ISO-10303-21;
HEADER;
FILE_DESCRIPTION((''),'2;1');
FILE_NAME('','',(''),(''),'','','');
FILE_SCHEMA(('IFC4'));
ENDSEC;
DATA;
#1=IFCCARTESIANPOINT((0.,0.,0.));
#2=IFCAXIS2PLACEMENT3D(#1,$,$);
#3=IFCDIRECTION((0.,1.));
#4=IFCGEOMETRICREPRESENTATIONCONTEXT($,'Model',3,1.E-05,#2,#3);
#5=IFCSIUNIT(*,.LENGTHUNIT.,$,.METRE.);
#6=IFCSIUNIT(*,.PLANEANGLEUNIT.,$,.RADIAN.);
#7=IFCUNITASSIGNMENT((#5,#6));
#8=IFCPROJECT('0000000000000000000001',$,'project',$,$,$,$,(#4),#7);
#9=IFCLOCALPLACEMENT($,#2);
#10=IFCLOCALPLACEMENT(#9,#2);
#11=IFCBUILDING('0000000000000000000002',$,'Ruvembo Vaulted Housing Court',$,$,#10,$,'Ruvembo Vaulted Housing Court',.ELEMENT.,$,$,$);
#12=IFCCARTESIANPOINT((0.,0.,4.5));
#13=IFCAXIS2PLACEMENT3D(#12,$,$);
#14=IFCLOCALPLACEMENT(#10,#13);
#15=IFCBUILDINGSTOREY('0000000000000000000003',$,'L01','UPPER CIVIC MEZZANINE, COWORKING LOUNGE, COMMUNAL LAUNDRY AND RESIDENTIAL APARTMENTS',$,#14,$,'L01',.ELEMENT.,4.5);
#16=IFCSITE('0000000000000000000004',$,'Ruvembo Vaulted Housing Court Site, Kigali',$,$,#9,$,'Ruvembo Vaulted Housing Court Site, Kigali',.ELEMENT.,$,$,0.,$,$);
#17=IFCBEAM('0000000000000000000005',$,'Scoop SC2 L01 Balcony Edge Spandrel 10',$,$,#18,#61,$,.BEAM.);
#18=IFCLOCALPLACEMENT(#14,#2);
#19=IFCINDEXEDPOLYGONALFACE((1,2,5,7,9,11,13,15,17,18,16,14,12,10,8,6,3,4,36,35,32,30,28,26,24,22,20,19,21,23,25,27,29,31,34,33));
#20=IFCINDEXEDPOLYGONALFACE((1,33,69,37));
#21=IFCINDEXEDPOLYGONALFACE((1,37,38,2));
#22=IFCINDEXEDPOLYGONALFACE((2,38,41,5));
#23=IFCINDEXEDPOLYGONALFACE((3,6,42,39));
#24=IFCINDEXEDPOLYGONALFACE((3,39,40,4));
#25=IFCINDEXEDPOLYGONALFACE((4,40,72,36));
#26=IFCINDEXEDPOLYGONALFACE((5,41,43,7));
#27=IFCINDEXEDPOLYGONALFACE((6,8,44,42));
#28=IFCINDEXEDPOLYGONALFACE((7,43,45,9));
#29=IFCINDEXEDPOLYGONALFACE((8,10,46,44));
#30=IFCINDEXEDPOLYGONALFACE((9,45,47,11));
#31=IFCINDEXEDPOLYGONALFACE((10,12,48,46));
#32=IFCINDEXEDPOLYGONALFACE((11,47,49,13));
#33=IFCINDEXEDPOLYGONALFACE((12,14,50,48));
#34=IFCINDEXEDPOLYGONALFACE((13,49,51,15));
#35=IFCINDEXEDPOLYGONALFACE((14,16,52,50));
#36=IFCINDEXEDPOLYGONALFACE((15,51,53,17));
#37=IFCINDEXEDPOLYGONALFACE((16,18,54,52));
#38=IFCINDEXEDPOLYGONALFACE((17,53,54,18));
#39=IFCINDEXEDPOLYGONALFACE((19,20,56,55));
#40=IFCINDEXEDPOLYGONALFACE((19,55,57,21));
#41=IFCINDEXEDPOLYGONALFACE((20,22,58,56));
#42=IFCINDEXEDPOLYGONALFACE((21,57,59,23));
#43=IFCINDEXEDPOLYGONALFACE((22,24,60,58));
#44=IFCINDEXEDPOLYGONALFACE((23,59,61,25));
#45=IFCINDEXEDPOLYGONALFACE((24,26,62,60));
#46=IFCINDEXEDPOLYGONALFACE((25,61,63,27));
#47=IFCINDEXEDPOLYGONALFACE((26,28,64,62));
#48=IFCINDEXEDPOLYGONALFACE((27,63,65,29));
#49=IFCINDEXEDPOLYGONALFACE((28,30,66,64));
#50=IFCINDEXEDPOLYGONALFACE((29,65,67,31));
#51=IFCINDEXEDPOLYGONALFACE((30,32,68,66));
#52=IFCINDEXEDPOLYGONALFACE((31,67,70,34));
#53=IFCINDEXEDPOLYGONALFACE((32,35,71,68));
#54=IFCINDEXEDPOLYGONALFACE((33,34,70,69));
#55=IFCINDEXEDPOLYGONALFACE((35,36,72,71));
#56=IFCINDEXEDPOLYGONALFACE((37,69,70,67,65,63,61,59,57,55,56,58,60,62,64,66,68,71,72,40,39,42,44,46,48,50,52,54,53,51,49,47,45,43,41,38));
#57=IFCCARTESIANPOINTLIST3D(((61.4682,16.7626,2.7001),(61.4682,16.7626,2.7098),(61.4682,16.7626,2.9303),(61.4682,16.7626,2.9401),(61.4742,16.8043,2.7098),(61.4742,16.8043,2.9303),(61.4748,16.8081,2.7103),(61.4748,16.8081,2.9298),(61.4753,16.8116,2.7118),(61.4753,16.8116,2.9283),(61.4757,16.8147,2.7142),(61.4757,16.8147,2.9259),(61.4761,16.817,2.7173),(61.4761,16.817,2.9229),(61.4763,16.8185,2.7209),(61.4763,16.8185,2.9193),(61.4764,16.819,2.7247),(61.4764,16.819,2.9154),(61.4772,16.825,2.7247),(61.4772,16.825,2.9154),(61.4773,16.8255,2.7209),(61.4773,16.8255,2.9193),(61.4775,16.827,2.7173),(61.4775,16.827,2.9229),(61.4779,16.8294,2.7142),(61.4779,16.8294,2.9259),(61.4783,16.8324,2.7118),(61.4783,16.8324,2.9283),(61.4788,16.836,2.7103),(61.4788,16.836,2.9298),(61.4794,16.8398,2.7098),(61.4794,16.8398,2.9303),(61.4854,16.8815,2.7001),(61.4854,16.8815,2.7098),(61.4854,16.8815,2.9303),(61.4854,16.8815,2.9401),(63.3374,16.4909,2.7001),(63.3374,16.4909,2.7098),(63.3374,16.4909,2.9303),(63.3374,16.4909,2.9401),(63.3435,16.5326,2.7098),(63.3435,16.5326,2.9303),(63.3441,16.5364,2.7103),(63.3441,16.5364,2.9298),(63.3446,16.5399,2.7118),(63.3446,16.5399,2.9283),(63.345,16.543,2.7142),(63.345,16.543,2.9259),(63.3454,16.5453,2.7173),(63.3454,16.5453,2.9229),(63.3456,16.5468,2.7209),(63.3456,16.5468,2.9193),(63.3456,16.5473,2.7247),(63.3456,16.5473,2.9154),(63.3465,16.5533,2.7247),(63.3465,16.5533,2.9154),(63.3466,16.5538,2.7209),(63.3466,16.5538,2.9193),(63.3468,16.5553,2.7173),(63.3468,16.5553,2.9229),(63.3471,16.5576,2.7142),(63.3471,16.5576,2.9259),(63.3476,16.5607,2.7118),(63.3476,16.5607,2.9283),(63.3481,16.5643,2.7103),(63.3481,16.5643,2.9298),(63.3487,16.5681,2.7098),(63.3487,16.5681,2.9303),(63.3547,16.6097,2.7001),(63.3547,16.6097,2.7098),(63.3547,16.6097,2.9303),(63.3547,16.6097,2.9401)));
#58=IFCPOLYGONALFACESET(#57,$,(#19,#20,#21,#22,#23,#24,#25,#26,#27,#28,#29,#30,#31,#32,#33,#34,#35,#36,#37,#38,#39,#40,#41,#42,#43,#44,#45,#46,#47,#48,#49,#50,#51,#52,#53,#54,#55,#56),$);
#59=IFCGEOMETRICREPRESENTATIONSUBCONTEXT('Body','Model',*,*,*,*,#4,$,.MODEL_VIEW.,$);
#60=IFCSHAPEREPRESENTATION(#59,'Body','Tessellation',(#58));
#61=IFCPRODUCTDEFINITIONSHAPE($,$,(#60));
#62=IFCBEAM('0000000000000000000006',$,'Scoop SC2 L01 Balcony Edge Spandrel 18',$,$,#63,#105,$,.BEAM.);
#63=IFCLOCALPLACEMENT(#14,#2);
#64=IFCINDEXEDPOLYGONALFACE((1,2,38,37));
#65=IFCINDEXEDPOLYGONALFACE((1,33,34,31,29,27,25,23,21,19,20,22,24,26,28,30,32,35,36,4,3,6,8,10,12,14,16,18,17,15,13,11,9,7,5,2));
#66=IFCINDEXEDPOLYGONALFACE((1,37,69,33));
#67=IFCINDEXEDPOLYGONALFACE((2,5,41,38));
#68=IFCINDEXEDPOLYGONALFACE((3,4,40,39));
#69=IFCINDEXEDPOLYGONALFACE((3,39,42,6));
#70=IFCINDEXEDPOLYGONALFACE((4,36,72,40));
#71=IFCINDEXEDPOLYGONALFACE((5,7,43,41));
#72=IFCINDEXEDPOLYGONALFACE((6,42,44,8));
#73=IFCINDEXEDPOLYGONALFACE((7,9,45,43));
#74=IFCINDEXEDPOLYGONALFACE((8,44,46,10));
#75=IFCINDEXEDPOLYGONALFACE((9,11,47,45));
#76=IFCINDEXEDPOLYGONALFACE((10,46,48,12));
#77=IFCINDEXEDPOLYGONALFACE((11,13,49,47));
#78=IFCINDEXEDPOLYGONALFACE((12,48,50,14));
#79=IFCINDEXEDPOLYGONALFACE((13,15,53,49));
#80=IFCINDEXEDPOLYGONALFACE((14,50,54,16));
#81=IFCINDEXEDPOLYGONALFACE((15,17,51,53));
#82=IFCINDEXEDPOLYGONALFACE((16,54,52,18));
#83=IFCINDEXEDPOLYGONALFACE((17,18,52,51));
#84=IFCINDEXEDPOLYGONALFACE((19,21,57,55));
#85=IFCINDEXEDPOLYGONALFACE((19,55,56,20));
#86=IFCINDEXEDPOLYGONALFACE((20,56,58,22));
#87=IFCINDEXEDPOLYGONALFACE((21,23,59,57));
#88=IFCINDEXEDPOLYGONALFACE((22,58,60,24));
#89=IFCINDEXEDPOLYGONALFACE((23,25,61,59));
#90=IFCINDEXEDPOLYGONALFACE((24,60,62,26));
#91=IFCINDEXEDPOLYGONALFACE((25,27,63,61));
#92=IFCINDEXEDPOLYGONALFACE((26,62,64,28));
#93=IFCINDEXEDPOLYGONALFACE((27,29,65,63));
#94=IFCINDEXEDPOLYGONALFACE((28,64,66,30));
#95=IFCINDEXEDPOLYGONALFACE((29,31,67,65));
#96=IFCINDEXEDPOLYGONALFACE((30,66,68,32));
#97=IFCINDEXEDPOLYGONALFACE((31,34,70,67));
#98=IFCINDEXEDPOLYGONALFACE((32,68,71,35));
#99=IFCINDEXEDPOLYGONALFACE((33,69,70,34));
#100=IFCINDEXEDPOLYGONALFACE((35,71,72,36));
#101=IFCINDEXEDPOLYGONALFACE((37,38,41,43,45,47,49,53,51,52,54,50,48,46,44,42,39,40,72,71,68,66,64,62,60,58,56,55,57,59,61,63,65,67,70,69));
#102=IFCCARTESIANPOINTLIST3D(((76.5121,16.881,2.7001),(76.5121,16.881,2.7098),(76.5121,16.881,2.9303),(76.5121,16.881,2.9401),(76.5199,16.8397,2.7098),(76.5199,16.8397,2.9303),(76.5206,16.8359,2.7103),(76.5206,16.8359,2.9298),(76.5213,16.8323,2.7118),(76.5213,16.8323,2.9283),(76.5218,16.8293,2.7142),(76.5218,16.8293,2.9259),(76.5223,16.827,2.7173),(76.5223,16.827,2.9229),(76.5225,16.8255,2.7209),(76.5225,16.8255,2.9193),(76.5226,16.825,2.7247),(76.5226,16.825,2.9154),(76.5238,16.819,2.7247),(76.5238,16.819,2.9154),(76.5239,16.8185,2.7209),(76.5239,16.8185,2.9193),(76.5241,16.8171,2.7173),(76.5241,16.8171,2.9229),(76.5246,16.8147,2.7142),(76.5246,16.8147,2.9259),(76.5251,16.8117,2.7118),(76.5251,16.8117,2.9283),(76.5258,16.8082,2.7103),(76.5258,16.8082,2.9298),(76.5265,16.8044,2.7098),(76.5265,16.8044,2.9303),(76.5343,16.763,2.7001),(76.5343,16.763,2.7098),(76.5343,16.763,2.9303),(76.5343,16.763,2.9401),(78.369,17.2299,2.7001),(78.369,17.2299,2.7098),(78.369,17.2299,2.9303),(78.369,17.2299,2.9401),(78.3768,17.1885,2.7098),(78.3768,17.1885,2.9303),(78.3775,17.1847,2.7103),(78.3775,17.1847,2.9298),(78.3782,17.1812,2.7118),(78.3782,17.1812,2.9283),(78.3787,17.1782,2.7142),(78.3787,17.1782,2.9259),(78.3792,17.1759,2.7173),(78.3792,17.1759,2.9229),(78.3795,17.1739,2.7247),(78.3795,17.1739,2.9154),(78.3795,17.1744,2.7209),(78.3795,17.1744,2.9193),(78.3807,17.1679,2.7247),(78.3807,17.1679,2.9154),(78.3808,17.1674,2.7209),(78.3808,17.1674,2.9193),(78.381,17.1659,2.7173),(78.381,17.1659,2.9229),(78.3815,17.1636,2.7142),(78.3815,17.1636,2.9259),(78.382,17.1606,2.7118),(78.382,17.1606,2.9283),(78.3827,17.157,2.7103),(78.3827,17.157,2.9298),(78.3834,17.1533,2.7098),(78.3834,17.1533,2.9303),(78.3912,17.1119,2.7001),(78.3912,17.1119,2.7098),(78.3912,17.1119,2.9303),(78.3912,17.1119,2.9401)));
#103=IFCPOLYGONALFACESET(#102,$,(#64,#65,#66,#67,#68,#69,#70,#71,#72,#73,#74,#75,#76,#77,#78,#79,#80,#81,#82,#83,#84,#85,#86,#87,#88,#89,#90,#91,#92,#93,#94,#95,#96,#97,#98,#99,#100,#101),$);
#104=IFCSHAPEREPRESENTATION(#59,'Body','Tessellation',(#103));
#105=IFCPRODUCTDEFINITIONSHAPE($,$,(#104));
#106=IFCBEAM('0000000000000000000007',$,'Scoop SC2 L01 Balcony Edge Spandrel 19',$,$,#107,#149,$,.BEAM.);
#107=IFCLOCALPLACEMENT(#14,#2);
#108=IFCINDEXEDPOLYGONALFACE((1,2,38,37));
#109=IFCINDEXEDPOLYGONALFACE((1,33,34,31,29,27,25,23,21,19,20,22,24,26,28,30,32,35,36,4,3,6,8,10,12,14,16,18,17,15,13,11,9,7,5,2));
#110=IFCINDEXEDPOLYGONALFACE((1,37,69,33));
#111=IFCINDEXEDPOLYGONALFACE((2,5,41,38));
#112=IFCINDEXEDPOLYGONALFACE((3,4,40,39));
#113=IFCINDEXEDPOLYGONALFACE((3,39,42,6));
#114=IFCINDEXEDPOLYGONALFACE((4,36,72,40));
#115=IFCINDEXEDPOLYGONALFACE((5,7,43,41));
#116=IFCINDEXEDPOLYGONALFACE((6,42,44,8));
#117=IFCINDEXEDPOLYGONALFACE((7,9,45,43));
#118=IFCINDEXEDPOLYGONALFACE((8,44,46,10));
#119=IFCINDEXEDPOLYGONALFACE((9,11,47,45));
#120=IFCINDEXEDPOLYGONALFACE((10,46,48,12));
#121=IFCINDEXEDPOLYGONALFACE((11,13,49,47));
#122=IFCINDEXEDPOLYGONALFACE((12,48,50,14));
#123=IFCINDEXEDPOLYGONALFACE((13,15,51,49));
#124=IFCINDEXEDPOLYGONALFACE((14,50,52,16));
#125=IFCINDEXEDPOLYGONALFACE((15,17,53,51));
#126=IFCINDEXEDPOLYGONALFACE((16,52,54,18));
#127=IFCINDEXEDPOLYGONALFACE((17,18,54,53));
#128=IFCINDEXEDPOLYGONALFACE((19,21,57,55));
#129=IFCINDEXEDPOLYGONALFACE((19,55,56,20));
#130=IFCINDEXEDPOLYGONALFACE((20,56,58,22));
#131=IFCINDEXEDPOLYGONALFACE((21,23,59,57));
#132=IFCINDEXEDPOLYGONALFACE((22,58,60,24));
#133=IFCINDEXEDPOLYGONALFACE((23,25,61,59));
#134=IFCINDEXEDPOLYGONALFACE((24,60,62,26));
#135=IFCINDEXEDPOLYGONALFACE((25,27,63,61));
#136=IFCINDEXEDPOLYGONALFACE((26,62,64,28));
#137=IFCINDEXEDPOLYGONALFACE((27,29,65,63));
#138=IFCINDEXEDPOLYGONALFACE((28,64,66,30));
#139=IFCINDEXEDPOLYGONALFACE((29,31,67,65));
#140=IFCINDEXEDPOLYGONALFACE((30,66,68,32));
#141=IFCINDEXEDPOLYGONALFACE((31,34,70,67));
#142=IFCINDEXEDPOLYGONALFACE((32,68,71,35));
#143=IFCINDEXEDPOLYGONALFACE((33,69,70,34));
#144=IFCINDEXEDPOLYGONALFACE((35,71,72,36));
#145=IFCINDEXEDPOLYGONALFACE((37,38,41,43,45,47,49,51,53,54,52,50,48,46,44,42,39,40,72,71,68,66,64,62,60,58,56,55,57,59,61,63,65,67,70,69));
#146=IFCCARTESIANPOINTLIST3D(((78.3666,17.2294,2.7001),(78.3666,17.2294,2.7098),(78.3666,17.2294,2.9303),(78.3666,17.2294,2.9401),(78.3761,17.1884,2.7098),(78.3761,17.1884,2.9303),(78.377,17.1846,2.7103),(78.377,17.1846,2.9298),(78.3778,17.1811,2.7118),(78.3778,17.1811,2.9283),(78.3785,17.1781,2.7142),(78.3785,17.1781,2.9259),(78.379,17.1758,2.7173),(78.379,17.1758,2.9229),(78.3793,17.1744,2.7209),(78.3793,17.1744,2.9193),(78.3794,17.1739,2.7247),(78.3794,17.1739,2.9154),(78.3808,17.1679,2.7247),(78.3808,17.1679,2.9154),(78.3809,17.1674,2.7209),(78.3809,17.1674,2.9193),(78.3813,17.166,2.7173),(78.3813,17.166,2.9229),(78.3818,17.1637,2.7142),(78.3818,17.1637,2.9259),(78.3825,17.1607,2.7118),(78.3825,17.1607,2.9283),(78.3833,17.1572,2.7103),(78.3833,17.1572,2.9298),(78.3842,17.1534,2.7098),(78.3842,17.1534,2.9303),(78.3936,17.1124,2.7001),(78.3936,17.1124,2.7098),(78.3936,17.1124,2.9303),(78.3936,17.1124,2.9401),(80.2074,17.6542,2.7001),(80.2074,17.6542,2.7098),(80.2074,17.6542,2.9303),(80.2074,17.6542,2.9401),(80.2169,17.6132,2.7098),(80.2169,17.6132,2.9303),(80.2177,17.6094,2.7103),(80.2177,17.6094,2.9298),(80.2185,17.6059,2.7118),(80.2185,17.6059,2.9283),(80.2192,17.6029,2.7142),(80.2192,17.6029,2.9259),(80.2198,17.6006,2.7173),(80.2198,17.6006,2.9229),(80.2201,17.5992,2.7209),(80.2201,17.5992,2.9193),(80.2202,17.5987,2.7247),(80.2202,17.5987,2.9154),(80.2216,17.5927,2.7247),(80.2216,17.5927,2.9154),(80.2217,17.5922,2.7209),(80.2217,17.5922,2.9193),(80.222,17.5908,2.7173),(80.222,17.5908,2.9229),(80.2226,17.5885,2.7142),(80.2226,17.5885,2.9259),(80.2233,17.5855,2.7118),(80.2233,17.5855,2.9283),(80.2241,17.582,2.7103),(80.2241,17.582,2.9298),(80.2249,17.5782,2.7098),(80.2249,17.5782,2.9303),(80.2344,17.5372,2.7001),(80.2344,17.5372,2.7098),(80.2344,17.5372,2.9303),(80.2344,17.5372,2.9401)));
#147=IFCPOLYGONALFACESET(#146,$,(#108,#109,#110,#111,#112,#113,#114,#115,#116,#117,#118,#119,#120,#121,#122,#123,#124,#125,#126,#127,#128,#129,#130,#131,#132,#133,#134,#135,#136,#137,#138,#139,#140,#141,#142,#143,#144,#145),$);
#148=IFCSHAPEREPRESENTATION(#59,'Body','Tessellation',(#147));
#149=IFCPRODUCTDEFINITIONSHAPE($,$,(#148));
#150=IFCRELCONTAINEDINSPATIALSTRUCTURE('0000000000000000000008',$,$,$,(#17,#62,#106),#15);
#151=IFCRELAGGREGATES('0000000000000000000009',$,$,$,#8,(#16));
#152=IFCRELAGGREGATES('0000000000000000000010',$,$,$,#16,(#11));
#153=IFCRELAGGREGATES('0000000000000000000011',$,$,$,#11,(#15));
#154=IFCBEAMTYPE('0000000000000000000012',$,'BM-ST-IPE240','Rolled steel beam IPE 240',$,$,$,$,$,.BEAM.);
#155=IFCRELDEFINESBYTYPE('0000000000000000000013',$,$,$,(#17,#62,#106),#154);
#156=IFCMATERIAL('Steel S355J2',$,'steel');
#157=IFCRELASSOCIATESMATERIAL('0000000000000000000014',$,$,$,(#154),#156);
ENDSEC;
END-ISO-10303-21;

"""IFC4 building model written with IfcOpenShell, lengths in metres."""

from ifc_helpers import new_model, si_unit, direction, frame, origin, origin_2d, place, context, subcontext, project, spatial, i_section, extrude, material, material_profile, profile_set, type_object, element, save


model = new_model("IFC4")

# Units and contexts
model_context = context("Model", 3, precision=1e-05, world=origin(), true_north=direction((0.0, 1.0)))
body_context = subcontext(model_context, "Body", "Model", "MODEL_VIEW")
ifc_project = project(units=[si_unit("LENGTHUNIT", "METRE"), si_unit("PLANEANGLEUNIT", "RADIAN")], contexts=[model_context])

# Site, building, storey
site_placement = place(None, origin())
site = spatial("IfcSite", under=ifc_project, at=site_placement, Name="Ruvembo Vaulted Housing Court Site, Kigali", LongName="Ruvembo Vaulted Housing Court Site, Kigali", CompositionType="ELEMENT", RefElevation=0.0)
building_placement = place(site_placement, origin())
building = spatial("IfcBuilding", under=site, at=building_placement, Name="Ruvembo Vaulted Housing Court", LongName="Ruvembo Vaulted Housing Court", CompositionType="ELEMENT")
storey_placement = place(building_placement, frame((0.0, 0.0, 4.5)))
storey = spatial("IfcBuildingStorey", under=building, at=storey_placement, Name="L01", Description="UPPER CIVIC MEZZANINE, COWORKING LOUNGE, COMMUNAL LAUNDRY AND RESIDENTIAL APARTMENTS", LongName="L01", CompositionType="ELEMENT", Elevation=4.5)

# Beams
ifc_material_1 = material(Name="Steel S355J2", Category="steel")
ifc_material_profile_1 = material_profile(ifc_material_1, i_section(OverallWidth=0.1201, OverallDepth=0.24, WebThickness=0.0061, FlangeThickness=0.0098, FilletRadius=0.0149, at=origin_2d()), Name="IPE 240")
ifc_profile_set_1 = profile_set([ifc_material_profile_1], Name="Steel S355J2")
beam_type = type_object("IfcBeamType", Name="BM-ST-IPE240", Description="Rolled steel beam IPE 240", PredefinedType="BEAM", material=ifc_profile_set_1)
beam_1_placement = place(storey_placement, frame((61.4768, 16.822, 2.8201), z_axis=(0.9896, -0.143845, 0.0), x_axis=(0.143845, 0.9896, 0.0)))
element("IfcBeam", 1, at=beam_1_placement, inside=storey, type_object=beam_type, Name="Scoop SC2 L01 Balcony Edge Spandrel 10", PredefinedType="BEAM", context=body_context, shape_type="SweptSolid", body=[
    extrude(i_section(OverallWidth=0.1201, OverallDepth=0.24, WebThickness=0.0061, FlangeThickness=0.0098, FilletRadius=0.0149, at=origin_2d()), origin(), (0.0, 0.0, 1.0), 1.8889),
])
beam_2_placement = place(storey_placement, frame((76.5232, 16.822, 2.8201), z_axis=(0.982805, 0.184647, 0.0), x_axis=(-0.184647, 0.982805, 0.0)))
element("IfcBeam", 2, at=beam_2_placement, inside=storey, type_object=beam_type, Name="Scoop SC2 L01 Balcony Edge Spandrel 18", PredefinedType="BEAM", context=body_context, shape_type="SweptSolid", body=[
    extrude(i_section(OverallWidth=0.1201, OverallDepth=0.24, WebThickness=0.0061, FlangeThickness=0.0098, FilletRadius=0.0149, at=origin_2d()), origin(), (0.0, 0.0, 1.0), 1.8894),
])
beam_3_placement = place(storey_placement, frame((78.3801, 17.1709, 2.8201), z_axis=(0.974391, 0.22486, 0.0), x_axis=(-0.22486, 0.974391, 0.0)))
element("IfcBeam", 3, at=beam_3_placement, inside=storey, type_object=beam_type, Name="Scoop SC2 L01 Balcony Edge Spandrel 19", PredefinedType="BEAM", context=body_context, shape_type="SweptSolid", body=[
    extrude(i_section(OverallWidth=0.1201, OverallDepth=0.24, WebThickness=0.0061, FlangeThickness=0.0098, FilletRadius=0.0149, at=origin_2d()), origin(), (0.0, 0.0, 1.0), 1.8892),
])

save(model, "model.ifc")
